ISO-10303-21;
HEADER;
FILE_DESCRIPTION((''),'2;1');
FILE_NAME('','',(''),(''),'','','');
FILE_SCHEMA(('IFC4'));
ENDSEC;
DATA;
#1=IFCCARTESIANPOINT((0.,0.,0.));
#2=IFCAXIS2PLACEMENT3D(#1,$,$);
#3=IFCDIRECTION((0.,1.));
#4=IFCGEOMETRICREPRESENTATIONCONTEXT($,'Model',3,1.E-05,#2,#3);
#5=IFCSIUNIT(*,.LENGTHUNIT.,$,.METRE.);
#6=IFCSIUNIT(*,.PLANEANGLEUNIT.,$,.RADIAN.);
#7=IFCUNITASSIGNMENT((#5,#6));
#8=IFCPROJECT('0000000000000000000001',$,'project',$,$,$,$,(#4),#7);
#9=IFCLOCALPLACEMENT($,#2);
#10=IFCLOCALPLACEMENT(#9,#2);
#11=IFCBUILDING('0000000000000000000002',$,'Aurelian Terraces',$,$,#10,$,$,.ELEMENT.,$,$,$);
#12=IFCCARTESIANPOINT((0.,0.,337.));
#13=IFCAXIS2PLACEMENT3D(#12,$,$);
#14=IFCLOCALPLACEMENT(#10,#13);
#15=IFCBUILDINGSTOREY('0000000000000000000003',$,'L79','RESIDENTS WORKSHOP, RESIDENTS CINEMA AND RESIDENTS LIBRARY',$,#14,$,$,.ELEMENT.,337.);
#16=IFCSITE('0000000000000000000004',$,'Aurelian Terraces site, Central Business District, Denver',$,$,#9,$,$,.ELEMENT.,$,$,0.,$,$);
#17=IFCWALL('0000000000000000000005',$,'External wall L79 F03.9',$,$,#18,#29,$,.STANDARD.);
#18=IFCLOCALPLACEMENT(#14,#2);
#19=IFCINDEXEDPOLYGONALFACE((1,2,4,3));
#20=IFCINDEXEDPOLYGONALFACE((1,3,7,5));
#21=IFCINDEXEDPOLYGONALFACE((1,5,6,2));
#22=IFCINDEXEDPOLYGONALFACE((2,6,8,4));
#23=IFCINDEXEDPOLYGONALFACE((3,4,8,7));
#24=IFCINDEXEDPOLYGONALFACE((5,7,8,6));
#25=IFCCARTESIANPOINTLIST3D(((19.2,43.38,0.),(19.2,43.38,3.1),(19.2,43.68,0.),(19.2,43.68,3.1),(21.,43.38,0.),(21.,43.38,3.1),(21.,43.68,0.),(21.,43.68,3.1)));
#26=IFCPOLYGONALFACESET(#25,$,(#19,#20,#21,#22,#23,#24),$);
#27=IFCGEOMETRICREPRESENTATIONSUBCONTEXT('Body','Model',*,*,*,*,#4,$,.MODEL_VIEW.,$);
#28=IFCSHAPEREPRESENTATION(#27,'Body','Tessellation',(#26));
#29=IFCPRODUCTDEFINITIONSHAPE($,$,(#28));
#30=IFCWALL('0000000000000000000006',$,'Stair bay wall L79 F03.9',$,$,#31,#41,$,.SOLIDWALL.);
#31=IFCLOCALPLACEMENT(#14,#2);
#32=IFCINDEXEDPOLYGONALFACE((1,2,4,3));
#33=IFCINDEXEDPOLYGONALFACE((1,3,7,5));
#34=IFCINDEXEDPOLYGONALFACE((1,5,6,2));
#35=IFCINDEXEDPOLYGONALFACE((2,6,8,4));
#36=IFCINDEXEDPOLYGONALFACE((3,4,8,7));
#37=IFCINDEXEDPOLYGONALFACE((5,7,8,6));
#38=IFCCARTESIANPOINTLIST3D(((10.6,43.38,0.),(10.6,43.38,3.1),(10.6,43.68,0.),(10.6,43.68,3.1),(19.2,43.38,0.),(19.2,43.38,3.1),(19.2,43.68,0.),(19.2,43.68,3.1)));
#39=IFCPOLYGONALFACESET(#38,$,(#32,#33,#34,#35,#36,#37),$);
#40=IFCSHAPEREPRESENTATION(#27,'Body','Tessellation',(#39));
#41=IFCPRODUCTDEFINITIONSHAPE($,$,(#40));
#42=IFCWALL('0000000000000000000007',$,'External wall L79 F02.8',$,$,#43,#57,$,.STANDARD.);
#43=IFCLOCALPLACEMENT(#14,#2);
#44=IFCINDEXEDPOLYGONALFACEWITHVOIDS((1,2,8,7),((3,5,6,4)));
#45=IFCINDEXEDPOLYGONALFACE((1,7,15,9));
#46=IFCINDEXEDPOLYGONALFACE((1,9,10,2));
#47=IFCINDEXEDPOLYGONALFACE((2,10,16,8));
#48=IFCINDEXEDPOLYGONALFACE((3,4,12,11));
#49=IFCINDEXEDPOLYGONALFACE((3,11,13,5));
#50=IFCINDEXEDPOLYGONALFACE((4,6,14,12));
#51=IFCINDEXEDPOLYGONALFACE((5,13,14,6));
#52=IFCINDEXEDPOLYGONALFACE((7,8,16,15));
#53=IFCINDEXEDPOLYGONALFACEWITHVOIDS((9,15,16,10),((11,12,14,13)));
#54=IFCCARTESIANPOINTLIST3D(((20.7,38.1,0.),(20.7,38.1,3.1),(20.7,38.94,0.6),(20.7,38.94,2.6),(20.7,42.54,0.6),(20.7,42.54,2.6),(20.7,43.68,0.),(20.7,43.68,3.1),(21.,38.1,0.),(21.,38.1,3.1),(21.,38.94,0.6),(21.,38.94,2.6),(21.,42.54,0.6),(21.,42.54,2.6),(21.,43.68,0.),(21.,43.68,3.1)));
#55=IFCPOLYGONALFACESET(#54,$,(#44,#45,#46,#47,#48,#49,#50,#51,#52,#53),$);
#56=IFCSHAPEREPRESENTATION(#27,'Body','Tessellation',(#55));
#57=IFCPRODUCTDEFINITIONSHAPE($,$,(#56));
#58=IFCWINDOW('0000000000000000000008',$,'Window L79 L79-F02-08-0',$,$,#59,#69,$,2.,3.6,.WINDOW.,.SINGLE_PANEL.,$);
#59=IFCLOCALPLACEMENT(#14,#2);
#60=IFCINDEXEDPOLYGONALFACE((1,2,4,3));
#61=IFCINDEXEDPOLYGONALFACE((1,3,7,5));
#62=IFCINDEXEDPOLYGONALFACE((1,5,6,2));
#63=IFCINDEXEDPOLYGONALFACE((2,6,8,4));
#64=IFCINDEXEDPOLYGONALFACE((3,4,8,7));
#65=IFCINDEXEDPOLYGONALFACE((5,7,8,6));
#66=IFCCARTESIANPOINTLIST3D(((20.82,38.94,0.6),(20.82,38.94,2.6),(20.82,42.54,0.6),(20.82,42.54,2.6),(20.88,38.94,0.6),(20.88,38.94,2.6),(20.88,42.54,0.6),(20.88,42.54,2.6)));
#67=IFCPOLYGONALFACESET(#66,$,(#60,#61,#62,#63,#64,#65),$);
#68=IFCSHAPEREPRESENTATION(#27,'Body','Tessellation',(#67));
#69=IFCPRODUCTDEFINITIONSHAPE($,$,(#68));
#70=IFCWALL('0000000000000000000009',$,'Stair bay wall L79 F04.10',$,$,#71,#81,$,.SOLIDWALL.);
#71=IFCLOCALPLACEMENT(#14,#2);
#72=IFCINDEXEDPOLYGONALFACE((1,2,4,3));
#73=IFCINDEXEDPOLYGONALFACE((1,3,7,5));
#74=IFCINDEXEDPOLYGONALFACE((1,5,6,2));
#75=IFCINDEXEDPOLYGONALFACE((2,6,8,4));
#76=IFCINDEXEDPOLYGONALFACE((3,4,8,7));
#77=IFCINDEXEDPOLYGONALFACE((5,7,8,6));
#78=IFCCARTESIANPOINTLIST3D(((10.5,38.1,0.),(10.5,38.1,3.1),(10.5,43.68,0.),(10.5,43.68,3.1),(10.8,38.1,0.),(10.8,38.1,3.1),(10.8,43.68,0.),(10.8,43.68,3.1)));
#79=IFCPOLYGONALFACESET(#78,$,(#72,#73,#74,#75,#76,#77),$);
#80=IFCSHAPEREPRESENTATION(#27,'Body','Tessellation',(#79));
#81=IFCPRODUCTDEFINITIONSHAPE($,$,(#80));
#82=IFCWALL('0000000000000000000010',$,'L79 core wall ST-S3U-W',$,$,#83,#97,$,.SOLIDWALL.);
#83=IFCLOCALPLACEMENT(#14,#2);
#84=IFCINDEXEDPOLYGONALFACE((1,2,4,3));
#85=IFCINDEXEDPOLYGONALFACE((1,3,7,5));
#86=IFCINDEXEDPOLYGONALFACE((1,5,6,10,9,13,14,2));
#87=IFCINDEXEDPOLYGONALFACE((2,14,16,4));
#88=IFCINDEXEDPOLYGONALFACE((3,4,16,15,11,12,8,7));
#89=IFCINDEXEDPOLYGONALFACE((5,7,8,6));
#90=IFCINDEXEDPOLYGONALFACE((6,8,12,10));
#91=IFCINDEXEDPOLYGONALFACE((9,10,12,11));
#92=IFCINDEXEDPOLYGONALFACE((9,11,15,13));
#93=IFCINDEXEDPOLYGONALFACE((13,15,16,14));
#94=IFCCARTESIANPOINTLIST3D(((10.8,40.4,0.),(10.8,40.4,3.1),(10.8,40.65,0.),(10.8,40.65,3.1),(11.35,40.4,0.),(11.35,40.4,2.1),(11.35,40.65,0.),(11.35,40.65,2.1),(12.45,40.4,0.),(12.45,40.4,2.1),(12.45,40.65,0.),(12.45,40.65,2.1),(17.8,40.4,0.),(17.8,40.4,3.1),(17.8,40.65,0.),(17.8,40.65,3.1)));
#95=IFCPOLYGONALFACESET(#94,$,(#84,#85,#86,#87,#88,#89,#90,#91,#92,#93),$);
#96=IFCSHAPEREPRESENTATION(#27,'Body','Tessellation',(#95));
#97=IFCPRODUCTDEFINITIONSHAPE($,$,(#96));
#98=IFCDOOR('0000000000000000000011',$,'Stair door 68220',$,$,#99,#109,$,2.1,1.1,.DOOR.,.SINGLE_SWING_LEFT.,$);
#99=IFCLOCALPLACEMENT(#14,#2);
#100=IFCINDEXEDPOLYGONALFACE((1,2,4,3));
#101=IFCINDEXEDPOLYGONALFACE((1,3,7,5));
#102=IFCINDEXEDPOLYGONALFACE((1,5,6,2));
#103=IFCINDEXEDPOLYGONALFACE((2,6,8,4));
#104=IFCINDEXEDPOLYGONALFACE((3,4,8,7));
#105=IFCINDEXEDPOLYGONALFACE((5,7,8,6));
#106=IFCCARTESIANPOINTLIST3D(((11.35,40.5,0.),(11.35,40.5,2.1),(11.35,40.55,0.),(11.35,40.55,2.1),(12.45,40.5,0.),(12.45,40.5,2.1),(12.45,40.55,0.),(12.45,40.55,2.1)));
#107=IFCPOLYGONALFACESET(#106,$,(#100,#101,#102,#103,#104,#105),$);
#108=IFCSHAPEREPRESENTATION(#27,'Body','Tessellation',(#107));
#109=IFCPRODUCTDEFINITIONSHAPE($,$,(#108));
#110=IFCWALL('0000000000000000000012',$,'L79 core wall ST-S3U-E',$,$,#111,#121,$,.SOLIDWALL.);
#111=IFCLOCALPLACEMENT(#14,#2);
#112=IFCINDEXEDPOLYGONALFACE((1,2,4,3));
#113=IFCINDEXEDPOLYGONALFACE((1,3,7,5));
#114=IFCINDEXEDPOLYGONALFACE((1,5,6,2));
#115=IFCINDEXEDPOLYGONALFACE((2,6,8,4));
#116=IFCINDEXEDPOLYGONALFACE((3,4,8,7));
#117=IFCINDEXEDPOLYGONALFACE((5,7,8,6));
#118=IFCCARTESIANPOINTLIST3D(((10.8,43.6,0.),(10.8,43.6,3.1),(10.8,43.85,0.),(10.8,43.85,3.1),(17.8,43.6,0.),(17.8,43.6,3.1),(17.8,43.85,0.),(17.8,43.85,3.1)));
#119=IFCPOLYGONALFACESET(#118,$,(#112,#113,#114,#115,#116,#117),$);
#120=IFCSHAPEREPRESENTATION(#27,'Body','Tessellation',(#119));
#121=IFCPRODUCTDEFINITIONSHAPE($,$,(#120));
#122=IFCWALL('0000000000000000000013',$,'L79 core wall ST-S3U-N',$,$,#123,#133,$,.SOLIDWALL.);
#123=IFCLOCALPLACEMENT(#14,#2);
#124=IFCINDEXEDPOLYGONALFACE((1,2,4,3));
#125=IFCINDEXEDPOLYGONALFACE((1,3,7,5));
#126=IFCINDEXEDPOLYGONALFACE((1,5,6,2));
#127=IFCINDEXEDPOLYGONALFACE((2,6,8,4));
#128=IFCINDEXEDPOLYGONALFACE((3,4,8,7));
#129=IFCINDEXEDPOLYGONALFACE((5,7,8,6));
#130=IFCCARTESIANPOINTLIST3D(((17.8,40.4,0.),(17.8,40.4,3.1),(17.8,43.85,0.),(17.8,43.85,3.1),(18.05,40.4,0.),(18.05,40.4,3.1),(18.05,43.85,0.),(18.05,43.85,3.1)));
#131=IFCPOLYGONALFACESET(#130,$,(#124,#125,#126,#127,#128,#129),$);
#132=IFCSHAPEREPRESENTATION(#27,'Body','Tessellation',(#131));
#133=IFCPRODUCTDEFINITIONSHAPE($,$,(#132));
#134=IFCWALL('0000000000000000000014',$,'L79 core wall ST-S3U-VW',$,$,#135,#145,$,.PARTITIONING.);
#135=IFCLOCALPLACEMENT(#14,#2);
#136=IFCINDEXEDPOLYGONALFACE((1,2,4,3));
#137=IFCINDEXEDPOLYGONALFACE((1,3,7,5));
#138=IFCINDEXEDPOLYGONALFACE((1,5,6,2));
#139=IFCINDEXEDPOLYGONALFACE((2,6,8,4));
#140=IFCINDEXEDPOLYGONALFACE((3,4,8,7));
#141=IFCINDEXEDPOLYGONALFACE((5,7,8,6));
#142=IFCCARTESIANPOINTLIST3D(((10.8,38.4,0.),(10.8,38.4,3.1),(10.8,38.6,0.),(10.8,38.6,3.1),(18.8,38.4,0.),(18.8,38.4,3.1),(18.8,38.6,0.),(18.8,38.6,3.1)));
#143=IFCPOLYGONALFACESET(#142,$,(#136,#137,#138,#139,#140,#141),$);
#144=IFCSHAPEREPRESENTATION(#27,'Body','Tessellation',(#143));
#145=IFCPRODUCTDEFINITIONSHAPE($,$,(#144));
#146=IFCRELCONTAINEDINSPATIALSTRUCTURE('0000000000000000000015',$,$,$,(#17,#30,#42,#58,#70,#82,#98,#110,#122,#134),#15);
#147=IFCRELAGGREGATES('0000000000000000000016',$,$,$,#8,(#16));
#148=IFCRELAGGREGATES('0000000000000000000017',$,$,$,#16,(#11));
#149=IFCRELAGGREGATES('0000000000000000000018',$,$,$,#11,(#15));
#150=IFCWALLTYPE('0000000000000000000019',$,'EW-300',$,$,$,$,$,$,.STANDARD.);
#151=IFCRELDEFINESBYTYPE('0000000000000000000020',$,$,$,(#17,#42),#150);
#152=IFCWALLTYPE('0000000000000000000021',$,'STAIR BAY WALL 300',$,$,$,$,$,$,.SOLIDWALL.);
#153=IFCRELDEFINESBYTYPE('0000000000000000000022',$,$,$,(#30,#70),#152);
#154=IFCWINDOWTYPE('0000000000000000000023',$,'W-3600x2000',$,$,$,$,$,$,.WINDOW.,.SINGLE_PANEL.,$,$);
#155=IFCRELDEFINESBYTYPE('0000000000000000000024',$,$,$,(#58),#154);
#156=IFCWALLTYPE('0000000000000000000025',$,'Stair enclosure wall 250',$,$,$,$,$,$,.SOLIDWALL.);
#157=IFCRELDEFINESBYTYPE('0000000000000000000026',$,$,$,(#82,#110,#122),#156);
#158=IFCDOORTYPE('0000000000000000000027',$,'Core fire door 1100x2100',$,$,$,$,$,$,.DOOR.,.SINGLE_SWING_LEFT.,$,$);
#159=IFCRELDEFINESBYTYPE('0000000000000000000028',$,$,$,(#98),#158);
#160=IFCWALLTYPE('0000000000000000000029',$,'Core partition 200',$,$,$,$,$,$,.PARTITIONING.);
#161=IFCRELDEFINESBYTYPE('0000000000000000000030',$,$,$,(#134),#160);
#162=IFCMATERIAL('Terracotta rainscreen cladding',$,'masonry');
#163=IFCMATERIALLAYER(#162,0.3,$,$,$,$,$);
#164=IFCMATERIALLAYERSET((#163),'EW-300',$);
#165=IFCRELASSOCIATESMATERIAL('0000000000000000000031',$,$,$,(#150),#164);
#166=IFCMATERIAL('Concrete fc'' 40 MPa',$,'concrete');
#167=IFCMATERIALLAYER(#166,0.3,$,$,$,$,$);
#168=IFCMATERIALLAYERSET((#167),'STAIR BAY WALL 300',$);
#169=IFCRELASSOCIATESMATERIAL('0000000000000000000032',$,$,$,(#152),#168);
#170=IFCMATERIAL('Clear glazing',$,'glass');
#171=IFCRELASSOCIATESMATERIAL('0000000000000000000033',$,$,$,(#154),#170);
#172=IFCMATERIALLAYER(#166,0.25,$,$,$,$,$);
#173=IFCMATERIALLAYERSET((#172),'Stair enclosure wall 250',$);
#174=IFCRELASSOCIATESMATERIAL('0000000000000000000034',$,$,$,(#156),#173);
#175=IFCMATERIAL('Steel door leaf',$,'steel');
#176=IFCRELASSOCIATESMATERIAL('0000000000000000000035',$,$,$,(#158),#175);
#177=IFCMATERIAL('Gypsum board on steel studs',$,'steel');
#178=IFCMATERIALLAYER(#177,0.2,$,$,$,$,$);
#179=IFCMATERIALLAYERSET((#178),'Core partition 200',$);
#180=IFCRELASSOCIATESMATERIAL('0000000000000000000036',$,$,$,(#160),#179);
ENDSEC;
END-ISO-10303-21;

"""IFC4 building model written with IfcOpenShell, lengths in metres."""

from ifc_helpers import new_model, si_unit, direction, frame, frame_2d, origin, place, context, subcontext, project, spatial, rectangle, extrude, source, transform, mapped, material, layer, layer_set, type_object, element, fill, save


model = new_model("IFC4")

# Units and contexts
model_context = context("Model", 3, precision=1e-05, world=origin(), true_north=direction((0.0, 1.0)))
body_context = subcontext(model_context, "Body", "Model", "MODEL_VIEW")
ifc_project = project(units=[si_unit("LENGTHUNIT", "METRE"), si_unit("PLANEANGLEUNIT", "RADIAN")], contexts=[model_context])

# Site, building, storey
site_placement = place(None, origin())
site = spatial("IfcSite", under=ifc_project, at=site_placement, Name="Aurelian Terraces site, Central Business District, Denver", CompositionType="ELEMENT", RefElevation=0.0)
building_placement = place(site_placement, origin())
building = spatial("IfcBuilding", under=site, at=building_placement, Name="Aurelian Terraces", CompositionType="ELEMENT")
storey_placement = place(building_placement, frame((0.0, 0.0, 337.0)))
storey = spatial("IfcBuildingStorey", under=building, at=storey_placement, Name="L79", Description="RESIDENTS WORKSHOP, RESIDENTS CINEMA AND RESIDENTS LIBRARY", CompositionType="ELEMENT", Elevation=337.0)

# Walls
ifc_material_1 = material(Name="Terracotta rainscreen cladding", Category="masonry")
ifc_layer_1 = layer(ifc_material_1, 0.3)
ifc_layer_set_1 = layer_set([ifc_layer_1], Name="EW-300")
wall_type_1 = type_object("IfcWallType", Name="EW-300", PredefinedType="STANDARD", material=ifc_layer_set_1)
shared_shape_1 = source(origin(), body_context, "Body", "SweptSolid", [
    extrude(rectangle(XDim=1.8, YDim=0.3, at=frame_2d((0.9, 0.0))), origin(), (0.0, 0.0, 1.0), 3.1),
])
wall_1_placement = place(storey_placement, frame((21.0, 43.53, 0.0), z_axis=(0.0, 0.0, 1.0), x_axis=(-1.0, 0.0, 0.0)))
element("IfcWall", 1, at=wall_1_placement, inside=storey, type_object=wall_type_1, Name="External wall L79 F03.9", PredefinedType="STANDARD", context=body_context, shape_type="MappedRepresentation", body=[
    mapped(shared_shape_1, transform((0.0, 0.0, 0.0), scale=1.0)),
])
ifc_material_2 = material(Name="Concrete fc' 40 MPa", Category="concrete")
ifc_layer_2 = layer(ifc_material_2, 0.3)
ifc_layer_set_2 = layer_set([ifc_layer_2], Name="STAIR BAY WALL 300")
wall_type_2 = type_object("IfcWallType", Name="STAIR BAY WALL 300", PredefinedType="SOLIDWALL", material=ifc_layer_set_2)
shared_shape_2 = source(origin(), body_context, "Body", "SweptSolid", [
    extrude(rectangle(XDim=8.6, YDim=0.3, at=frame_2d((4.3, 0.0))), origin(), (0.0, 0.0, 1.0), 3.1),
])
wall_2_placement = place(storey_placement, frame((19.2, 43.53, 0.0), z_axis=(0.0, 0.0, 1.0), x_axis=(-1.0, 0.0, 0.0)))
element("IfcWall", 2, at=wall_2_placement, inside=storey, type_object=wall_type_2, Name="Stair bay wall L79 F03.9", PredefinedType="SOLIDWALL", context=body_context, shape_type="MappedRepresentation", body=[
    mapped(shared_shape_2, transform((0.0, 0.0, 0.0), scale=1.0)),
])

# Wall, opening, window
shared_shape_3 = source(origin(), body_context, "Body", "SweptSolid", [
    extrude(rectangle(XDim=5.58, YDim=0.3, at=frame_2d((2.79, 0.0))), origin(), (0.0, 0.0, 1.0), 3.1),
])
wall_3_placement = place(storey_placement, frame((20.85, 38.1, 0.0), z_axis=(0.0, 0.0, 1.0), x_axis=(0.0, 1.0, 0.0)))
wall_3 = element("IfcWall", 3, at=wall_3_placement, inside=storey, type_object=wall_type_1, Name="External wall L79 F02.8", PredefinedType="STANDARD", context=body_context, shape_type="MappedRepresentation", body=[
    mapped(shared_shape_3, transform((0.0, 0.0, 0.0), scale=1.0)),
])
shared_shape_4 = source(origin(), body_context, "Body", "SweptSolid", [
    extrude(rectangle(XDim=3.6, YDim=2.0, at=frame_2d((1.8, 1.0))), frame((0.0, 0.16, 0.0), z_axis=(0.0, -1.0, 0.0), x_axis=(1.0, 0.0, 0.0)), (0.0, 0.0, 1.0), 0.32),
])
opening_1_placement = place(wall_3_placement, frame((0.84, 0.0, 0.6)))
opening_1 = element("IfcOpeningElement", 4, at=opening_1_placement, cuts=wall_3, PredefinedType="OPENING", context=body_context, shape_type="MappedRepresentation", body=[
    mapped(shared_shape_4, transform((0.0, 0.0, 0.0), scale=1.0)),
])
ifc_material_3 = material(Name="Clear glazing", Category="glass")
window_type = type_object("IfcWindowType", Name="W-3600x2000", PartitioningType="SINGLE_PANEL", PredefinedType="WINDOW", material=ifc_material_3)
shared_shape_5 = source(origin(), body_context, "Body", "SweptSolid", [
    extrude(rectangle(XDim=3.6, YDim=2.0, at=frame_2d((1.8, 1.0))), frame((0.0, 0.03, 0.0), z_axis=(0.0, -1.0, 0.0), x_axis=(1.0, 0.0, 0.0)), (0.0, 0.0, 1.0), 0.06),
])
window_placement = place(opening_1_placement, origin())
window = element("IfcWindow", 5, at=window_placement, inside=storey, type_object=window_type, Name="Window L79 L79-F02-08-0", OverallHeight=2.0, OverallWidth=3.6, PartitioningType="SINGLE_PANEL", PredefinedType="WINDOW", context=body_context, shape_type="MappedRepresentation", body=[
    mapped(shared_shape_5, transform((0.0, 0.0, 0.0), scale=1.0)),
])
fill(opening_1, window)

# Wall
shared_shape_6 = source(origin(), body_context, "Body", "SweptSolid", [
    extrude(rectangle(XDim=5.58, YDim=0.3, at=frame_2d((2.79, 0.0))), origin(), (0.0, 0.0, 1.0), 3.1),
])
wall_4_placement = place(storey_placement, frame((10.65, 43.68, 0.0), z_axis=(0.0, 0.0, 1.0), x_axis=(0.0, -1.0, 0.0)))
element("IfcWall", 6, at=wall_4_placement, inside=storey, type_object=wall_type_2, Name="Stair bay wall L79 F04.10", PredefinedType="SOLIDWALL", context=body_context, shape_type="MappedRepresentation", body=[
    mapped(shared_shape_6, transform((0.0, 0.0, 0.0), scale=1.0)),
])

# Wall, opening, door
ifc_layer_3 = layer(ifc_material_2, 0.25)
ifc_layer_set_3 = layer_set([ifc_layer_3], Name="Stair enclosure wall 250")
wall_type_3 = type_object("IfcWallType", Name="Stair enclosure wall 250", PredefinedType="SOLIDWALL", material=ifc_layer_set_3)
shared_shape_7 = source(origin(), body_context, "Body", "SweptSolid", [
    extrude(rectangle(XDim=7.0, YDim=0.25, at=frame_2d((3.5, 0.0))), origin(), (0.0, 0.0, 1.0), 3.1),
])
wall_5_placement = place(storey_placement, frame((10.8, 40.525, 0.0), z_axis=(0.0, 0.0, 1.0), x_axis=(1.0, 0.0, 0.0)))
wall_5 = element("IfcWall", 7, at=wall_5_placement, inside=storey, type_object=wall_type_3, Name="L79 core wall ST-S3U-W", PredefinedType="SOLIDWALL", context=body_context, shape_type="MappedRepresentation", body=[
    mapped(shared_shape_7, transform((0.0, 0.0, 0.0), scale=1.0)),
])
shared_shape_8 = source(origin(), body_context, "Body", "SweptSolid", [
    extrude(rectangle(XDim=1.1, YDim=2.1, at=frame_2d((0.55, 1.05))), frame((0.0, 0.135, 0.0), z_axis=(0.0, -1.0, 0.0), x_axis=(1.0, 0.0, 0.0)), (0.0, 0.0, 1.0), 0.27),
])
opening_2_placement = place(wall_5_placement, frame((0.55, 0.0, 0.0)))
opening_2 = element("IfcOpeningElement", 8, at=opening_2_placement, cuts=wall_5, PredefinedType="OPENING", context=body_context, shape_type="MappedRepresentation", body=[
    mapped(shared_shape_8, transform((0.0, 0.0, 0.0), scale=1.0)),
])
ifc_material_4 = material(Name="Steel door leaf", Category="steel")
door_type_1 = type_object("IfcDoorType", Name="Core fire door 1100x2100", OperationType="SINGLE_SWING_LEFT", PredefinedType="DOOR", material=ifc_material_4)
shared_shape_9 = source(origin(), body_context, "Body", "SweptSolid", [
    extrude(rectangle(XDim=1.1, YDim=2.1, at=frame_2d((0.55, 1.05))), frame((0.0, 0.025, 0.0), z_axis=(0.0, -1.0, 0.0), x_axis=(1.0, 0.0, 0.0)), (0.0, 0.0, 1.0), 0.05),
])
door_1_placement = place(opening_2_placement, origin())
door_1 = element("IfcDoor", 9, at=door_1_placement, inside=storey, type_object=door_type_1, Name="Stair door 68220", OperationType="SINGLE_SWING_LEFT", OverallHeight=2.1, OverallWidth=1.1, PredefinedType="DOOR", context=body_context, shape_type="MappedRepresentation", body=[
    mapped(shared_shape_9, transform((0.0, 0.0, 0.0), scale=1.0)),
])
fill(opening_2, door_1)

# Walls
wall_6_placement = place(storey_placement, frame((10.8, 43.725, 0.0), z_axis=(0.0, 0.0, 1.0), x_axis=(1.0, 0.0, 0.0)))
element("IfcWall", 10, at=wall_6_placement, inside=storey, type_object=wall_type_3, Name="L79 core wall ST-S3U-E", PredefinedType="SOLIDWALL", context=body_context, shape_type="MappedRepresentation", body=[
    mapped(shared_shape_7, transform((0.0, 0.0, 0.0), scale=1.0)),
])
shared_shape_10 = source(origin(), body_context, "Body", "SweptSolid", [
    extrude(rectangle(XDim=3.45, YDim=0.25, at=frame_2d((1.725, 0.0))), origin(), (0.0, 0.0, 1.0), 3.1),
])
wall_7_placement = place(storey_placement, frame((17.925, 40.4, 0.0), z_axis=(0.0, 0.0, 1.0), x_axis=(0.0, 1.0, 0.0)))
element("IfcWall", 11, at=wall_7_placement, inside=storey, type_object=wall_type_3, Name="L79 core wall ST-S3U-N", PredefinedType="SOLIDWALL", context=body_context, shape_type="MappedRepresentation", body=[
    mapped(shared_shape_10, transform((0.0, 0.0, 0.0), scale=1.0)),
])
ifc_material_5 = material(Name="Gypsum board on steel studs", Category="steel")
ifc_layer_4 = layer(ifc_material_5, 0.2)
ifc_layer_set_4 = layer_set([ifc_layer_4], Name="Core partition 200")
wall_type_4 = type_object("IfcWallType", Name="Core partition 200", PredefinedType="PARTITIONING", material=ifc_layer_set_4)
shared_shape_11 = source(origin(), body_context, "Body", "SweptSolid", [
    extrude(rectangle(XDim=8.0, YDim=0.2, at=frame_2d((4.0, 0.0))), origin(), (0.0, 0.0, 1.0), 3.1),
])
wall_8_placement = place(storey_placement, frame((10.8, 38.5, 0.0), z_axis=(0.0, 0.0, 1.0), x_axis=(1.0, 0.0, 0.0)))
element("IfcWall", 12, at=wall_8_placement, inside=storey, type_object=wall_type_4, Name="L79 core wall ST-S3U-VW", PredefinedType="PARTITIONING", context=body_context, shape_type="MappedRepresentation", body=[
    mapped(shared_shape_11, transform((0.0, 0.0, 0.0), scale=1.0)),
])

save(model, "model.ifc")
